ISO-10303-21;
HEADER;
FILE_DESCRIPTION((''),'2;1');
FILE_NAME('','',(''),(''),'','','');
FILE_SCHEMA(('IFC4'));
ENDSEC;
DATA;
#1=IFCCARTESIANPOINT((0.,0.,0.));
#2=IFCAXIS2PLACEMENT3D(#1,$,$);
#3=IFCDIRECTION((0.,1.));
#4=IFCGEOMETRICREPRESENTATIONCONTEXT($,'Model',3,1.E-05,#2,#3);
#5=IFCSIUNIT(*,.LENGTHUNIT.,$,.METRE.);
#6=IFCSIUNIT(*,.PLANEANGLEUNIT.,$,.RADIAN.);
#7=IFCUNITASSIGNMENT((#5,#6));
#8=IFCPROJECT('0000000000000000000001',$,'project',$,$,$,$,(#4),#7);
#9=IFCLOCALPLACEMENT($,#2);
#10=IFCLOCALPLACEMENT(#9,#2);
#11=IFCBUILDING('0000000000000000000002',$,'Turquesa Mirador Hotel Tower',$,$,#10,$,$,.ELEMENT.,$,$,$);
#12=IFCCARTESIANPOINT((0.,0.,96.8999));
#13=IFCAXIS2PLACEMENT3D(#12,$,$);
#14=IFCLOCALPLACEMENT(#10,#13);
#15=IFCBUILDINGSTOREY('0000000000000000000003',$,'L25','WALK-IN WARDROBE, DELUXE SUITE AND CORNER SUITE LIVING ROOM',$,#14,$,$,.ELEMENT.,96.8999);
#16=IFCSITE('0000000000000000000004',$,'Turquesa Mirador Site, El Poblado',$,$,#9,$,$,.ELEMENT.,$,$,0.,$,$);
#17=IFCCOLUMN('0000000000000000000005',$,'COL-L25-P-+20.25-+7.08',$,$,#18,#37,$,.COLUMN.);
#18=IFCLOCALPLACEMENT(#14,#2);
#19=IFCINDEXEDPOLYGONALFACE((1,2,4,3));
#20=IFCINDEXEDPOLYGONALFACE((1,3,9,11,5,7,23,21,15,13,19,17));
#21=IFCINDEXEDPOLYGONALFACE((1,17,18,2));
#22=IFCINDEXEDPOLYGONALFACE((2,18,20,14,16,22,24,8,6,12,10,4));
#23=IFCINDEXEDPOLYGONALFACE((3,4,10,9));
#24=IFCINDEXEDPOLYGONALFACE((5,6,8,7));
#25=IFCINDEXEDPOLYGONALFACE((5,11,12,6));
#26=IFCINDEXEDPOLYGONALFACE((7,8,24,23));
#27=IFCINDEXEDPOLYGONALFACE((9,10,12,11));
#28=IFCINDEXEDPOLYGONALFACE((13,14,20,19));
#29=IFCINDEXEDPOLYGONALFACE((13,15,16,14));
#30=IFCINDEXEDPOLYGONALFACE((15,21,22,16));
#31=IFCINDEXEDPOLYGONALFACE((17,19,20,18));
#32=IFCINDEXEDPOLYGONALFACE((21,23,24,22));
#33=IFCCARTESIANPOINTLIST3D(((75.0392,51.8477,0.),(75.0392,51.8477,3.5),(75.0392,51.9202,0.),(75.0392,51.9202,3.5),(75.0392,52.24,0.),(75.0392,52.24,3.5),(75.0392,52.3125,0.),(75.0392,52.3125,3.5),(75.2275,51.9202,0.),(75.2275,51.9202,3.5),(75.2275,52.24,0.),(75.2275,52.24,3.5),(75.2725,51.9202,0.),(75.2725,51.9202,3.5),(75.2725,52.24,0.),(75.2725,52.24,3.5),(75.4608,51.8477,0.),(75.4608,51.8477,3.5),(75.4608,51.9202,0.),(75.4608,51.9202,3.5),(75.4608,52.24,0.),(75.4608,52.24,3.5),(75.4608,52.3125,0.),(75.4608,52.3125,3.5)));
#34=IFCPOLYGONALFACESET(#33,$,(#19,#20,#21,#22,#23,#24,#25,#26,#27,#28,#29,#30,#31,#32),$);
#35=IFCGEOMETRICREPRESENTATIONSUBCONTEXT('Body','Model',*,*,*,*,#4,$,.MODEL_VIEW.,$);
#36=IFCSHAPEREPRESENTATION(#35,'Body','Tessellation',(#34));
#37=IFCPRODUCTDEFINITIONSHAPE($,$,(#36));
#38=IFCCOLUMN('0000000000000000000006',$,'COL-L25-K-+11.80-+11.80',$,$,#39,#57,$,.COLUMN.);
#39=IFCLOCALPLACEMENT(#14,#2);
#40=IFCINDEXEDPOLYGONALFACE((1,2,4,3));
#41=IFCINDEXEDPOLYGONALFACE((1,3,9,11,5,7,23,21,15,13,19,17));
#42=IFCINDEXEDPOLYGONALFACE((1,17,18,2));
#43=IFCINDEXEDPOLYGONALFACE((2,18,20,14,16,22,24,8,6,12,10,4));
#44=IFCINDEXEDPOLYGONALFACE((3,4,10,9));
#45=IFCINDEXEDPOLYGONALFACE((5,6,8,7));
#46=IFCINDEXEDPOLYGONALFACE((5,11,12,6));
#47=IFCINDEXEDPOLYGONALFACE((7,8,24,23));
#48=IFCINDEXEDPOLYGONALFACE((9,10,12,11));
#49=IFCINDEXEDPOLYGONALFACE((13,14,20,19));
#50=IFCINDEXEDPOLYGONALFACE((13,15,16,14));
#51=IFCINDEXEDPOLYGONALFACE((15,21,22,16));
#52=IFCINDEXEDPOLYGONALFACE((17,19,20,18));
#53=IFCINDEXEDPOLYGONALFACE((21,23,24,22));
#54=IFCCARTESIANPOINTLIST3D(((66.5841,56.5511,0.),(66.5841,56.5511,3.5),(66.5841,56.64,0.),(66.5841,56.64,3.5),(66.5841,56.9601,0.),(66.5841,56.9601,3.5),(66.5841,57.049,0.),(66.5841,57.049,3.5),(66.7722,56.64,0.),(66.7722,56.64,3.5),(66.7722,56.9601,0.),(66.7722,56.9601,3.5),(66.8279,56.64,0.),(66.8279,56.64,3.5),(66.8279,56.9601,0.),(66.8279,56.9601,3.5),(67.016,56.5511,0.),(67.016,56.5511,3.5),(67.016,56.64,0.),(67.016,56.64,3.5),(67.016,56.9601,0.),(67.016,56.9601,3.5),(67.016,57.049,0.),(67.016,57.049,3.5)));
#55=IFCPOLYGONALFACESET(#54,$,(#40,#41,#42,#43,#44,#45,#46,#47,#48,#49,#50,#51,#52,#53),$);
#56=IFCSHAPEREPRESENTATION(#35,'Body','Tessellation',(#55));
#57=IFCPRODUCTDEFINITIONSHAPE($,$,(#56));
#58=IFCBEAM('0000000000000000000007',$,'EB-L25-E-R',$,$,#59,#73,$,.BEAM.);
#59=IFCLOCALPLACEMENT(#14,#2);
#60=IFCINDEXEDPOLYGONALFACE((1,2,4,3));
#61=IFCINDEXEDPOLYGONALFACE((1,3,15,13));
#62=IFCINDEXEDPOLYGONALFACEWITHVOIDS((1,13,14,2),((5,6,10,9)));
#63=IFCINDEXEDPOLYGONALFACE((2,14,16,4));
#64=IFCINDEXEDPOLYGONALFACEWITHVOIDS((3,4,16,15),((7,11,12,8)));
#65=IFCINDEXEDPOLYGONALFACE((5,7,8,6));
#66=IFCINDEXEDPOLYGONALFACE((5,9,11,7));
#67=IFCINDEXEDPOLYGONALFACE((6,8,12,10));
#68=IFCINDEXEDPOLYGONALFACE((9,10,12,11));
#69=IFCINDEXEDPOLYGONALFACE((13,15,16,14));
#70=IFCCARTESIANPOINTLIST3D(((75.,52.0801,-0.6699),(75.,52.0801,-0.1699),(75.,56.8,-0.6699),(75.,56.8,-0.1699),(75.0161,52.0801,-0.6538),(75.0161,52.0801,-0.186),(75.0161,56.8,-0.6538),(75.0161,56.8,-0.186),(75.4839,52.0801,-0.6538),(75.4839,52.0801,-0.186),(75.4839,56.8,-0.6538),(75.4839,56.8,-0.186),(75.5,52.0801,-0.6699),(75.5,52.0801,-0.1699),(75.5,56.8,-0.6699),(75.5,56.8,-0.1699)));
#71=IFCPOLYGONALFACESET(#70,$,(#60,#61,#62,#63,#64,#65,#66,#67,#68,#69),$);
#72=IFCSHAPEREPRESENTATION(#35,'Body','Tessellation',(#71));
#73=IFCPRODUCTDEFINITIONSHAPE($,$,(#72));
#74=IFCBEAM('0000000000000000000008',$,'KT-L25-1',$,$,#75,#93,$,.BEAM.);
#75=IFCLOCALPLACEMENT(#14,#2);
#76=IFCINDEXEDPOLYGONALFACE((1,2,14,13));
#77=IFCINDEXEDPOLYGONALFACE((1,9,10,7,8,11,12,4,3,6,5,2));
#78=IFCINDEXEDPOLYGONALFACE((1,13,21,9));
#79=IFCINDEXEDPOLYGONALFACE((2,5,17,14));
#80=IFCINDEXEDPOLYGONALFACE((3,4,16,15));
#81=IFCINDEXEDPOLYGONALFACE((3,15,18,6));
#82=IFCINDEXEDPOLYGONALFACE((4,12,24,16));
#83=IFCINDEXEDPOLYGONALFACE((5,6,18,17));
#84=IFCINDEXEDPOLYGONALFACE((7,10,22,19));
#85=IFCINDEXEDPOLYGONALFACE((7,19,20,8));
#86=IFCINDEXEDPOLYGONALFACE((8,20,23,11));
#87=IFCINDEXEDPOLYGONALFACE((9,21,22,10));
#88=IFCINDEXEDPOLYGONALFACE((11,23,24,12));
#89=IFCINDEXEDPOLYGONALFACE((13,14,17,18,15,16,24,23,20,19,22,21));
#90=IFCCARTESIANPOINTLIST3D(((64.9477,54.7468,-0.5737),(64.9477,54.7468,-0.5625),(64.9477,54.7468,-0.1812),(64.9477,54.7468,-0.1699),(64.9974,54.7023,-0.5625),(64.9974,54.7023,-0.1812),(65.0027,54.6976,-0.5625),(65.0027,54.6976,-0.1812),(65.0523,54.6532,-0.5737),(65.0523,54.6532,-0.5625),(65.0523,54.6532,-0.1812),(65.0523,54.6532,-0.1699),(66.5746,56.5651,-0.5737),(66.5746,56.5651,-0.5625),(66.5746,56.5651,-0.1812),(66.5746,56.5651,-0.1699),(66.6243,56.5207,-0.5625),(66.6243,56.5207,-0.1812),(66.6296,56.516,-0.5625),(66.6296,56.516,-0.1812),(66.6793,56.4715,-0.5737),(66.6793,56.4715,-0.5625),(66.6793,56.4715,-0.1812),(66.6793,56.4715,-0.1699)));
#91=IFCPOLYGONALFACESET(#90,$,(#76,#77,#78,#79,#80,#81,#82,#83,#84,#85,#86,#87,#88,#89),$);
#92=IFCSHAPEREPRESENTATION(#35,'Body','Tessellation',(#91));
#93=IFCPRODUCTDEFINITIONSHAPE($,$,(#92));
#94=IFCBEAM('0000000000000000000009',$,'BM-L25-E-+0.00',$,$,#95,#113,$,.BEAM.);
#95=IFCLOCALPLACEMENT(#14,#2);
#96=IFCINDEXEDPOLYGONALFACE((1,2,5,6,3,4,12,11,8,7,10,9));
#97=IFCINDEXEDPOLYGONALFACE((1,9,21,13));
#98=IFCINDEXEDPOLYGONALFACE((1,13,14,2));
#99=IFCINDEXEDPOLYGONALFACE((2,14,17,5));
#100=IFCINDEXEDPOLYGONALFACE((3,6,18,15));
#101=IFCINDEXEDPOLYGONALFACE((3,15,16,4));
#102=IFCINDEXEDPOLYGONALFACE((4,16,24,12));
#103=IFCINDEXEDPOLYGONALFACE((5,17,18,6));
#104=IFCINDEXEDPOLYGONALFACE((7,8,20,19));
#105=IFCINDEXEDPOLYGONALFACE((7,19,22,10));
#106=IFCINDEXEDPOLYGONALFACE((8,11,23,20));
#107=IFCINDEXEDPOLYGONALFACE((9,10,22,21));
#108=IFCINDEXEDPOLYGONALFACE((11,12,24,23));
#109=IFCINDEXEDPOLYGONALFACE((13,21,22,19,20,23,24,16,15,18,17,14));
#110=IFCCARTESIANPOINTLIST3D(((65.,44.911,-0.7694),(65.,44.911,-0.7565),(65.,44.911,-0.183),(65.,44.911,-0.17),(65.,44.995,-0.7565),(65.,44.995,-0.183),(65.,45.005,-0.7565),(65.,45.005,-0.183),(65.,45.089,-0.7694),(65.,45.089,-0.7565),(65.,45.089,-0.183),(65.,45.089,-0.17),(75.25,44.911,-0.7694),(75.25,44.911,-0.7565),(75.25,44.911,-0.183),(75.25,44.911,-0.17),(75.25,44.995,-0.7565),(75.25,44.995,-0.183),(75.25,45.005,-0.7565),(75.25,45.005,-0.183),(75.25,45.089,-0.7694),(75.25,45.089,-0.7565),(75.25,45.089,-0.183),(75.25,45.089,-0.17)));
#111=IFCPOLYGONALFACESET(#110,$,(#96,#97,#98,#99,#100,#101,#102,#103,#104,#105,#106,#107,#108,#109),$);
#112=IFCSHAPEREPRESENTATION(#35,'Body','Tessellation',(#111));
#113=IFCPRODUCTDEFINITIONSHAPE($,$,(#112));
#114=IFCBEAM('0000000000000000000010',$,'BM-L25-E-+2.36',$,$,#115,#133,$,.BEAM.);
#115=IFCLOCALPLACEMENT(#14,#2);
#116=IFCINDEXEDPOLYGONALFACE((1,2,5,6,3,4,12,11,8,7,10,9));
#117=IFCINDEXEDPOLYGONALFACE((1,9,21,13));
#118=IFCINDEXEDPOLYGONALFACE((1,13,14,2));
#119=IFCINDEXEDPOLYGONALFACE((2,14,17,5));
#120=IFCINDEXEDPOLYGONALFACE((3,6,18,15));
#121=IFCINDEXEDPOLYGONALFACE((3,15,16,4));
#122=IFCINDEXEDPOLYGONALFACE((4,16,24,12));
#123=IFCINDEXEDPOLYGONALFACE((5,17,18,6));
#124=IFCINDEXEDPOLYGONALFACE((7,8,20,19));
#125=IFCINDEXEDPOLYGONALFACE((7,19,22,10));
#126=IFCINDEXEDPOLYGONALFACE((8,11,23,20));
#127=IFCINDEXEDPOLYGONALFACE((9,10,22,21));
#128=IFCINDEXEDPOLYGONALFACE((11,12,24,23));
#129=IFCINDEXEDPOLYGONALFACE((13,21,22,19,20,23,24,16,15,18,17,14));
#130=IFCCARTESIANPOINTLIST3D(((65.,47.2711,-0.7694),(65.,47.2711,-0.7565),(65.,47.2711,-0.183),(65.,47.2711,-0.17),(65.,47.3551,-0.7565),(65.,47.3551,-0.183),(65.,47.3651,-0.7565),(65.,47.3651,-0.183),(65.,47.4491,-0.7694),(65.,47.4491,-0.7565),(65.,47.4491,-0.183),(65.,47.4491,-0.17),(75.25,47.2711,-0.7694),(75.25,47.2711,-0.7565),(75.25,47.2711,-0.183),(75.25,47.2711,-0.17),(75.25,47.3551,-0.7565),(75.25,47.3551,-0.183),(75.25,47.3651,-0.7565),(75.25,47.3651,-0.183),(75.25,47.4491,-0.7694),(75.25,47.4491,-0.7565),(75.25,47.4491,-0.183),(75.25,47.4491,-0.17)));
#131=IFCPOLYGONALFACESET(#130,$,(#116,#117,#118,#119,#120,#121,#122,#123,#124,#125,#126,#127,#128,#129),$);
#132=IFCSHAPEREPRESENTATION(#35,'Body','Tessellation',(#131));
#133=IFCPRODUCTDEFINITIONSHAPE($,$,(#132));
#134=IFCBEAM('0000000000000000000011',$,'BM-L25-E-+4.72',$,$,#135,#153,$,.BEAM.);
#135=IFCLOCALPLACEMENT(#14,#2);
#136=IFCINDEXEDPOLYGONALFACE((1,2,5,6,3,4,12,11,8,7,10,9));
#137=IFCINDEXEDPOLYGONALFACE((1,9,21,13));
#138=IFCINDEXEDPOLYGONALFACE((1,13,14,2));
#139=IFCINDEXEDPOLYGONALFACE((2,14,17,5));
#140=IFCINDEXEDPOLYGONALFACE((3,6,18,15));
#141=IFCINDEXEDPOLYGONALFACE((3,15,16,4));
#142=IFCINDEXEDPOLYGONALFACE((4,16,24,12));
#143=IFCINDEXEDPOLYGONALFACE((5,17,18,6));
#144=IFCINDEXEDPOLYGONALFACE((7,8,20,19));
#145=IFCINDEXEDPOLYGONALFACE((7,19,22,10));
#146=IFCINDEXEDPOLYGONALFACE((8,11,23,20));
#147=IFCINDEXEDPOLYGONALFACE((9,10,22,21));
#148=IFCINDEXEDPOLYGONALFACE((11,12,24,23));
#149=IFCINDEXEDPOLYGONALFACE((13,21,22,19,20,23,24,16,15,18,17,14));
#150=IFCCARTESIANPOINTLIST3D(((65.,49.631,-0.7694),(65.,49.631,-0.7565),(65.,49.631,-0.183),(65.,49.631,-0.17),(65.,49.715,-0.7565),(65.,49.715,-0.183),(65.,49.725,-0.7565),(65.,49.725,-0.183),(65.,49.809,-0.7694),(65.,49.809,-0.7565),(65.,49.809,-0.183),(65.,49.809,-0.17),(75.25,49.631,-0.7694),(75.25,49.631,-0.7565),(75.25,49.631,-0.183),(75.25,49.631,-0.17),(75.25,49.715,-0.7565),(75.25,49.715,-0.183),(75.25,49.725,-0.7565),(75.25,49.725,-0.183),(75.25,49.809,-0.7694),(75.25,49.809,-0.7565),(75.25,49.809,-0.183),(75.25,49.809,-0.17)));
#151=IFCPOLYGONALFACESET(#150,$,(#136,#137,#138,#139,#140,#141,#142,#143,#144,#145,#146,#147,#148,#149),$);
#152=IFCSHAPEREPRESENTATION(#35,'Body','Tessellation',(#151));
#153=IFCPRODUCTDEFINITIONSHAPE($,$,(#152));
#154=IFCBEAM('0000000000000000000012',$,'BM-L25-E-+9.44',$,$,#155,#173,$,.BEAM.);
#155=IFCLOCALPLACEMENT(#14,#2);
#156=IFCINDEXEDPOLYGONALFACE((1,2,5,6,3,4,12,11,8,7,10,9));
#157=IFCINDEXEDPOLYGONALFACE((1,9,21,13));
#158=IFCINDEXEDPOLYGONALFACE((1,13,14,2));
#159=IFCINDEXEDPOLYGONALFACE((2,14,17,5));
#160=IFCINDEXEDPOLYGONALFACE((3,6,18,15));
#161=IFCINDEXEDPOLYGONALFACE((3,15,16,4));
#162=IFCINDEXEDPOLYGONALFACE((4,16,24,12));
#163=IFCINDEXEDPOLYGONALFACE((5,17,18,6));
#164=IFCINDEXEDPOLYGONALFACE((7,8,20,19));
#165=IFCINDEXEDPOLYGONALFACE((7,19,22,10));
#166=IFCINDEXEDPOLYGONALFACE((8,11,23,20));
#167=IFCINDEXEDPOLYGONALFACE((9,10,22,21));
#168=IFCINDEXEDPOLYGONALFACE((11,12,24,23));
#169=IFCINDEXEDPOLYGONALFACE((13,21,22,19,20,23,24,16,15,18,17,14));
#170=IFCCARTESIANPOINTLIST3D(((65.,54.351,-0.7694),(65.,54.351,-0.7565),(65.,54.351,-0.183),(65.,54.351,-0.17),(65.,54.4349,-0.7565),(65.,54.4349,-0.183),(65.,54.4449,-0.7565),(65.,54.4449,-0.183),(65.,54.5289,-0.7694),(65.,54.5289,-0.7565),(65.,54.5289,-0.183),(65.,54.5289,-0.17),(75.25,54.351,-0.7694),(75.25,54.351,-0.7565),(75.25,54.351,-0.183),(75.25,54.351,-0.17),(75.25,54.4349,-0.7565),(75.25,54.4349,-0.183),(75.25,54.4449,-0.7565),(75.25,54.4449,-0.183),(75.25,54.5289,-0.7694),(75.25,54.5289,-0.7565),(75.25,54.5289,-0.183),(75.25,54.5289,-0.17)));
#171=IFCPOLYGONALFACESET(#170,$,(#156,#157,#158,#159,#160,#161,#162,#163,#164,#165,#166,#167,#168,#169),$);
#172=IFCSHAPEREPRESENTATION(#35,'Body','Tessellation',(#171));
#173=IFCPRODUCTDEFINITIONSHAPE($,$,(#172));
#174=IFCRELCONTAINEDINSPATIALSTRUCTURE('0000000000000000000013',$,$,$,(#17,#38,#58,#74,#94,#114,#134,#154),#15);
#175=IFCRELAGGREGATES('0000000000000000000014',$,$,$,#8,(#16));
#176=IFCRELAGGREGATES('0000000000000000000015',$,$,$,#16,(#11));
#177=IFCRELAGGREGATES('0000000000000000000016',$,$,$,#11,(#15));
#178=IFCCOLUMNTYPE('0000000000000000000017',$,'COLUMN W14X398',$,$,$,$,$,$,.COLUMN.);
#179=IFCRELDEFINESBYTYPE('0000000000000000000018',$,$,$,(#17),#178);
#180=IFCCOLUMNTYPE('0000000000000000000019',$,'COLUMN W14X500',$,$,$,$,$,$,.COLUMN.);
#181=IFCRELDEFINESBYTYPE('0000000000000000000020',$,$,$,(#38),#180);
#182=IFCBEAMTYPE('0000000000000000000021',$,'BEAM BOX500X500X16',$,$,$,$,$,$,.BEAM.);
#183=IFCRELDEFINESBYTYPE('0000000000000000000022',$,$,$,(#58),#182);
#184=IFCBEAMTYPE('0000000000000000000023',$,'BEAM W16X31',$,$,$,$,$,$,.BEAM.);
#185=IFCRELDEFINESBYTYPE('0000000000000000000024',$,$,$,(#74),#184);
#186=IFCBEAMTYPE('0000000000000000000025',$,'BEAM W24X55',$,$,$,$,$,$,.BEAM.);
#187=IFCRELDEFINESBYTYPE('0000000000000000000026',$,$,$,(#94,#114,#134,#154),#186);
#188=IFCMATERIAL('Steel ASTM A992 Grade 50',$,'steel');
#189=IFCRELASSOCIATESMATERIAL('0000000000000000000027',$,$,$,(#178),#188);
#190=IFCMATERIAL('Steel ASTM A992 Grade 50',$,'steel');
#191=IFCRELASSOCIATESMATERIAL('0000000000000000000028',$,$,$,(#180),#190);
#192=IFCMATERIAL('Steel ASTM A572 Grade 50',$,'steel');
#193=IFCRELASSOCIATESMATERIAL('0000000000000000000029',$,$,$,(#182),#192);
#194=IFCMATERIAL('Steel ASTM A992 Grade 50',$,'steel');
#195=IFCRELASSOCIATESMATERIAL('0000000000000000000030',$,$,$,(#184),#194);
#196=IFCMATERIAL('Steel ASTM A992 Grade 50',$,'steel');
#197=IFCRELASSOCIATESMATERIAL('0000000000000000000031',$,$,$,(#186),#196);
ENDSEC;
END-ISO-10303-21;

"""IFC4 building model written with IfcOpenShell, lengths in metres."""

from ifc_helpers import new_model, si_unit, direction, frame, origin, origin_2d, place, context, subcontext, project, spatial, hollow_rectangle, i_section, extrude, material, material_profile, profile_set, type_object, element, save


model = new_model("IFC4")

# Units and contexts
model_context = context("Model", 3, precision=1e-05, world=origin(), true_north=direction((0.0, 1.0)))
body_context = subcontext(model_context, "Body", "Model", "MODEL_VIEW")
ifc_project = project(units=[si_unit("LENGTHUNIT", "METRE"), si_unit("PLANEANGLEUNIT", "RADIAN")], contexts=[model_context])

# Site, building, storey
site_placement = place(None, origin())
site = spatial("IfcSite", under=ifc_project, at=site_placement, Name="Turquesa Mirador Site, El Poblado", CompositionType="ELEMENT", RefElevation=0.0)
building_placement = place(site_placement, origin())
building = spatial("IfcBuilding", under=site, at=building_placement, Name="Turquesa Mirador Hotel Tower", CompositionType="ELEMENT")
storey_placement = place(building_placement, frame((0.0, 0.0, 96.8999)))
storey = spatial("IfcBuildingStorey", under=building, at=storey_placement, Name="L25", Description="WALK-IN WARDROBE, DELUXE SUITE AND CORNER SUITE LIVING ROOM", CompositionType="ELEMENT", Elevation=96.8999)

# Columns
ifc_material_1 = material(Name="Steel ASTM A992 Grade 50", Category="steel")
ifc_material_profile_1 = material_profile(ifc_material_1, i_section(OverallWidth=0.4216, OverallDepth=0.4648, WebThickness=0.0449, FlangeThickness=0.0725, at=origin_2d()), Name="W14X398")
ifc_profile_set_1 = profile_set([ifc_material_profile_1], Name="Steel ASTM A992 Grade 50")
column_type_1 = type_object("IfcColumnType", Name="COLUMN W14X398", PredefinedType="COLUMN", material=ifc_profile_set_1)
column_1_placement = place(storey_placement, frame((75.25, 52.0801, 0.0), z_axis=(0.0, 0.0, 1.0), x_axis=(1.0, 0.0, 0.0)))
element("IfcColumn", 1, at=column_1_placement, inside=storey, type_object=column_type_1, Name="COL-L25-P-+20.25-+7.08", PredefinedType="COLUMN", context=body_context, shape_type="SweptSolid", body=[
    extrude(i_section(OverallWidth=0.4216, OverallDepth=0.4648, WebThickness=0.0449, FlangeThickness=0.0725, at=origin_2d()), origin(), (0.0, 0.0, 1.0), 3.5),
])
ifc_material_2 = material(Name="Steel ASTM A992 Grade 50", Category="steel")
ifc_material_profile_2 = material_profile(ifc_material_2, i_section(OverallWidth=0.4319, OverallDepth=0.4978, WebThickness=0.0557, FlangeThickness=0.0889, at=origin_2d()), Name="W14X500")
ifc_profile_set_2 = profile_set([ifc_material_profile_2], Name="Steel ASTM A992 Grade 50")
column_type_2 = type_object("IfcColumnType", Name="COLUMN W14X500", PredefinedType="COLUMN", material=ifc_profile_set_2)
column_2_placement = place(storey_placement, frame((66.8, 56.8, 0.0), z_axis=(0.0, 0.0, 1.0), x_axis=(1.0, 0.0, 0.0)))
element("IfcColumn", 2, at=column_2_placement, inside=storey, type_object=column_type_2, Name="COL-L25-K-+11.80-+11.80", PredefinedType="COLUMN", context=body_context, shape_type="SweptSolid", body=[
    extrude(i_section(OverallWidth=0.4319, OverallDepth=0.4978, WebThickness=0.0557, FlangeThickness=0.0889, at=origin_2d()), origin(), (0.0, 0.0, 1.0), 3.5),
])

# Beams
ifc_material_3 = material(Name="Steel ASTM A572 Grade 50", Category="steel")
ifc_material_profile_3 = material_profile(ifc_material_3, hollow_rectangle(XDim=0.5, YDim=0.5, WallThickness=0.0161, at=origin_2d()), Name="BOX500X500X16")
ifc_profile_set_3 = profile_set([ifc_material_profile_3], Name="Steel ASTM A572 Grade 50")
beam_type_1 = type_object("IfcBeamType", Name="BEAM BOX500X500X16", PredefinedType="BEAM", material=ifc_profile_set_3)
beam_1_placement = place(storey_placement, frame((75.25, 52.0801, -0.4199), z_axis=(0.0, 1.0, 0.0), x_axis=(-1.0, 0.0, 0.0)))
element("IfcBeam", 3, at=beam_1_placement, inside=storey, type_object=beam_type_1, Name="EB-L25-E-R", PredefinedType="BEAM", context=body_context, shape_type="SweptSolid", body=[
    extrude(hollow_rectangle(XDim=0.5, YDim=0.5, WallThickness=0.0161, at=origin_2d()), origin(), (0.0, 0.0, 1.0), 4.72),
])
ifc_material_4 = material(Name="Steel ASTM A992 Grade 50", Category="steel")
ifc_material_profile_4 = material_profile(ifc_material_4, i_section(OverallWidth=0.1404, OverallDepth=0.4038, WebThickness=0.0071, FlangeThickness=0.0112, at=origin_2d()), Name="W16X31")
ifc_profile_set_4 = profile_set([ifc_material_profile_4], Name="Steel ASTM A992 Grade 50")
beam_type_2 = type_object("IfcBeamType", Name="BEAM W16X31", PredefinedType="BEAM", material=ifc_profile_set_4)
beam_2_placement = place(storey_placement, frame((66.627, 56.5183, -0.3718), z_axis=(-0.666795, -0.745241, 0.0), x_axis=(0.745241, -0.666795, 0.0)))
element("IfcBeam", 4, at=beam_2_placement, inside=storey, type_object=beam_type_2, Name="KT-L25-1", PredefinedType="BEAM", context=body_context, shape_type="SweptSolid", body=[
    extrude(i_section(OverallWidth=0.1404, OverallDepth=0.4038, WebThickness=0.0071, FlangeThickness=0.0112, at=origin_2d()), origin(), (0.0, 0.0, 1.0), 2.4399),
])
ifc_material_5 = material(Name="Steel ASTM A992 Grade 50", Category="steel")
ifc_material_profile_5 = material_profile(ifc_material_5, i_section(OverallWidth=0.178, OverallDepth=0.5994, WebThickness=0.01, FlangeThickness=0.0129, at=origin_2d()), Name="W24X55")
ifc_profile_set_5 = profile_set([ifc_material_profile_5], Name="Steel ASTM A992 Grade 50")
beam_type_3 = type_object("IfcBeamType", Name="BEAM W24X55", PredefinedType="BEAM", material=ifc_profile_set_5)
for number, where, z_axis, x_axis, name in (
    (5, (75.25, 45.0, -0.4697), (-1.0, 0.0, 0.0), (0.0, -1.0, 0.0), "BM-L25-E-+0.00"),
    (6, (75.25, 47.3601, -0.4697), (-1.0, 0.0, 0.0), (0.0, -1.0, 0.0), "BM-L25-E-+2.36"),
    (7, (75.25, 49.72, -0.4697), (-1.0, 0.0, 0.0), (0.0, -1.0, 0.0), "BM-L25-E-+4.72"),
    (8, (75.25, 54.4399, -0.4697), (-1.0, 0.0, 0.0), (0.0, -1.0, 0.0), "BM-L25-E-+9.44"),
):
    element("IfcBeam", number, at=place(storey_placement, frame(where, z_axis=z_axis, x_axis=x_axis)), inside=storey, type_object=beam_type_3, Name=name, PredefinedType="BEAM", context=body_context, shape_type="SweptSolid", body=[
        extrude(i_section(OverallWidth=0.178, OverallDepth=0.5994, WebThickness=0.01, FlangeThickness=0.0129, at=origin_2d()), origin(), (0.0, 0.0, 1.0), 10.25),
    ])

save(model, "model.ifc")
